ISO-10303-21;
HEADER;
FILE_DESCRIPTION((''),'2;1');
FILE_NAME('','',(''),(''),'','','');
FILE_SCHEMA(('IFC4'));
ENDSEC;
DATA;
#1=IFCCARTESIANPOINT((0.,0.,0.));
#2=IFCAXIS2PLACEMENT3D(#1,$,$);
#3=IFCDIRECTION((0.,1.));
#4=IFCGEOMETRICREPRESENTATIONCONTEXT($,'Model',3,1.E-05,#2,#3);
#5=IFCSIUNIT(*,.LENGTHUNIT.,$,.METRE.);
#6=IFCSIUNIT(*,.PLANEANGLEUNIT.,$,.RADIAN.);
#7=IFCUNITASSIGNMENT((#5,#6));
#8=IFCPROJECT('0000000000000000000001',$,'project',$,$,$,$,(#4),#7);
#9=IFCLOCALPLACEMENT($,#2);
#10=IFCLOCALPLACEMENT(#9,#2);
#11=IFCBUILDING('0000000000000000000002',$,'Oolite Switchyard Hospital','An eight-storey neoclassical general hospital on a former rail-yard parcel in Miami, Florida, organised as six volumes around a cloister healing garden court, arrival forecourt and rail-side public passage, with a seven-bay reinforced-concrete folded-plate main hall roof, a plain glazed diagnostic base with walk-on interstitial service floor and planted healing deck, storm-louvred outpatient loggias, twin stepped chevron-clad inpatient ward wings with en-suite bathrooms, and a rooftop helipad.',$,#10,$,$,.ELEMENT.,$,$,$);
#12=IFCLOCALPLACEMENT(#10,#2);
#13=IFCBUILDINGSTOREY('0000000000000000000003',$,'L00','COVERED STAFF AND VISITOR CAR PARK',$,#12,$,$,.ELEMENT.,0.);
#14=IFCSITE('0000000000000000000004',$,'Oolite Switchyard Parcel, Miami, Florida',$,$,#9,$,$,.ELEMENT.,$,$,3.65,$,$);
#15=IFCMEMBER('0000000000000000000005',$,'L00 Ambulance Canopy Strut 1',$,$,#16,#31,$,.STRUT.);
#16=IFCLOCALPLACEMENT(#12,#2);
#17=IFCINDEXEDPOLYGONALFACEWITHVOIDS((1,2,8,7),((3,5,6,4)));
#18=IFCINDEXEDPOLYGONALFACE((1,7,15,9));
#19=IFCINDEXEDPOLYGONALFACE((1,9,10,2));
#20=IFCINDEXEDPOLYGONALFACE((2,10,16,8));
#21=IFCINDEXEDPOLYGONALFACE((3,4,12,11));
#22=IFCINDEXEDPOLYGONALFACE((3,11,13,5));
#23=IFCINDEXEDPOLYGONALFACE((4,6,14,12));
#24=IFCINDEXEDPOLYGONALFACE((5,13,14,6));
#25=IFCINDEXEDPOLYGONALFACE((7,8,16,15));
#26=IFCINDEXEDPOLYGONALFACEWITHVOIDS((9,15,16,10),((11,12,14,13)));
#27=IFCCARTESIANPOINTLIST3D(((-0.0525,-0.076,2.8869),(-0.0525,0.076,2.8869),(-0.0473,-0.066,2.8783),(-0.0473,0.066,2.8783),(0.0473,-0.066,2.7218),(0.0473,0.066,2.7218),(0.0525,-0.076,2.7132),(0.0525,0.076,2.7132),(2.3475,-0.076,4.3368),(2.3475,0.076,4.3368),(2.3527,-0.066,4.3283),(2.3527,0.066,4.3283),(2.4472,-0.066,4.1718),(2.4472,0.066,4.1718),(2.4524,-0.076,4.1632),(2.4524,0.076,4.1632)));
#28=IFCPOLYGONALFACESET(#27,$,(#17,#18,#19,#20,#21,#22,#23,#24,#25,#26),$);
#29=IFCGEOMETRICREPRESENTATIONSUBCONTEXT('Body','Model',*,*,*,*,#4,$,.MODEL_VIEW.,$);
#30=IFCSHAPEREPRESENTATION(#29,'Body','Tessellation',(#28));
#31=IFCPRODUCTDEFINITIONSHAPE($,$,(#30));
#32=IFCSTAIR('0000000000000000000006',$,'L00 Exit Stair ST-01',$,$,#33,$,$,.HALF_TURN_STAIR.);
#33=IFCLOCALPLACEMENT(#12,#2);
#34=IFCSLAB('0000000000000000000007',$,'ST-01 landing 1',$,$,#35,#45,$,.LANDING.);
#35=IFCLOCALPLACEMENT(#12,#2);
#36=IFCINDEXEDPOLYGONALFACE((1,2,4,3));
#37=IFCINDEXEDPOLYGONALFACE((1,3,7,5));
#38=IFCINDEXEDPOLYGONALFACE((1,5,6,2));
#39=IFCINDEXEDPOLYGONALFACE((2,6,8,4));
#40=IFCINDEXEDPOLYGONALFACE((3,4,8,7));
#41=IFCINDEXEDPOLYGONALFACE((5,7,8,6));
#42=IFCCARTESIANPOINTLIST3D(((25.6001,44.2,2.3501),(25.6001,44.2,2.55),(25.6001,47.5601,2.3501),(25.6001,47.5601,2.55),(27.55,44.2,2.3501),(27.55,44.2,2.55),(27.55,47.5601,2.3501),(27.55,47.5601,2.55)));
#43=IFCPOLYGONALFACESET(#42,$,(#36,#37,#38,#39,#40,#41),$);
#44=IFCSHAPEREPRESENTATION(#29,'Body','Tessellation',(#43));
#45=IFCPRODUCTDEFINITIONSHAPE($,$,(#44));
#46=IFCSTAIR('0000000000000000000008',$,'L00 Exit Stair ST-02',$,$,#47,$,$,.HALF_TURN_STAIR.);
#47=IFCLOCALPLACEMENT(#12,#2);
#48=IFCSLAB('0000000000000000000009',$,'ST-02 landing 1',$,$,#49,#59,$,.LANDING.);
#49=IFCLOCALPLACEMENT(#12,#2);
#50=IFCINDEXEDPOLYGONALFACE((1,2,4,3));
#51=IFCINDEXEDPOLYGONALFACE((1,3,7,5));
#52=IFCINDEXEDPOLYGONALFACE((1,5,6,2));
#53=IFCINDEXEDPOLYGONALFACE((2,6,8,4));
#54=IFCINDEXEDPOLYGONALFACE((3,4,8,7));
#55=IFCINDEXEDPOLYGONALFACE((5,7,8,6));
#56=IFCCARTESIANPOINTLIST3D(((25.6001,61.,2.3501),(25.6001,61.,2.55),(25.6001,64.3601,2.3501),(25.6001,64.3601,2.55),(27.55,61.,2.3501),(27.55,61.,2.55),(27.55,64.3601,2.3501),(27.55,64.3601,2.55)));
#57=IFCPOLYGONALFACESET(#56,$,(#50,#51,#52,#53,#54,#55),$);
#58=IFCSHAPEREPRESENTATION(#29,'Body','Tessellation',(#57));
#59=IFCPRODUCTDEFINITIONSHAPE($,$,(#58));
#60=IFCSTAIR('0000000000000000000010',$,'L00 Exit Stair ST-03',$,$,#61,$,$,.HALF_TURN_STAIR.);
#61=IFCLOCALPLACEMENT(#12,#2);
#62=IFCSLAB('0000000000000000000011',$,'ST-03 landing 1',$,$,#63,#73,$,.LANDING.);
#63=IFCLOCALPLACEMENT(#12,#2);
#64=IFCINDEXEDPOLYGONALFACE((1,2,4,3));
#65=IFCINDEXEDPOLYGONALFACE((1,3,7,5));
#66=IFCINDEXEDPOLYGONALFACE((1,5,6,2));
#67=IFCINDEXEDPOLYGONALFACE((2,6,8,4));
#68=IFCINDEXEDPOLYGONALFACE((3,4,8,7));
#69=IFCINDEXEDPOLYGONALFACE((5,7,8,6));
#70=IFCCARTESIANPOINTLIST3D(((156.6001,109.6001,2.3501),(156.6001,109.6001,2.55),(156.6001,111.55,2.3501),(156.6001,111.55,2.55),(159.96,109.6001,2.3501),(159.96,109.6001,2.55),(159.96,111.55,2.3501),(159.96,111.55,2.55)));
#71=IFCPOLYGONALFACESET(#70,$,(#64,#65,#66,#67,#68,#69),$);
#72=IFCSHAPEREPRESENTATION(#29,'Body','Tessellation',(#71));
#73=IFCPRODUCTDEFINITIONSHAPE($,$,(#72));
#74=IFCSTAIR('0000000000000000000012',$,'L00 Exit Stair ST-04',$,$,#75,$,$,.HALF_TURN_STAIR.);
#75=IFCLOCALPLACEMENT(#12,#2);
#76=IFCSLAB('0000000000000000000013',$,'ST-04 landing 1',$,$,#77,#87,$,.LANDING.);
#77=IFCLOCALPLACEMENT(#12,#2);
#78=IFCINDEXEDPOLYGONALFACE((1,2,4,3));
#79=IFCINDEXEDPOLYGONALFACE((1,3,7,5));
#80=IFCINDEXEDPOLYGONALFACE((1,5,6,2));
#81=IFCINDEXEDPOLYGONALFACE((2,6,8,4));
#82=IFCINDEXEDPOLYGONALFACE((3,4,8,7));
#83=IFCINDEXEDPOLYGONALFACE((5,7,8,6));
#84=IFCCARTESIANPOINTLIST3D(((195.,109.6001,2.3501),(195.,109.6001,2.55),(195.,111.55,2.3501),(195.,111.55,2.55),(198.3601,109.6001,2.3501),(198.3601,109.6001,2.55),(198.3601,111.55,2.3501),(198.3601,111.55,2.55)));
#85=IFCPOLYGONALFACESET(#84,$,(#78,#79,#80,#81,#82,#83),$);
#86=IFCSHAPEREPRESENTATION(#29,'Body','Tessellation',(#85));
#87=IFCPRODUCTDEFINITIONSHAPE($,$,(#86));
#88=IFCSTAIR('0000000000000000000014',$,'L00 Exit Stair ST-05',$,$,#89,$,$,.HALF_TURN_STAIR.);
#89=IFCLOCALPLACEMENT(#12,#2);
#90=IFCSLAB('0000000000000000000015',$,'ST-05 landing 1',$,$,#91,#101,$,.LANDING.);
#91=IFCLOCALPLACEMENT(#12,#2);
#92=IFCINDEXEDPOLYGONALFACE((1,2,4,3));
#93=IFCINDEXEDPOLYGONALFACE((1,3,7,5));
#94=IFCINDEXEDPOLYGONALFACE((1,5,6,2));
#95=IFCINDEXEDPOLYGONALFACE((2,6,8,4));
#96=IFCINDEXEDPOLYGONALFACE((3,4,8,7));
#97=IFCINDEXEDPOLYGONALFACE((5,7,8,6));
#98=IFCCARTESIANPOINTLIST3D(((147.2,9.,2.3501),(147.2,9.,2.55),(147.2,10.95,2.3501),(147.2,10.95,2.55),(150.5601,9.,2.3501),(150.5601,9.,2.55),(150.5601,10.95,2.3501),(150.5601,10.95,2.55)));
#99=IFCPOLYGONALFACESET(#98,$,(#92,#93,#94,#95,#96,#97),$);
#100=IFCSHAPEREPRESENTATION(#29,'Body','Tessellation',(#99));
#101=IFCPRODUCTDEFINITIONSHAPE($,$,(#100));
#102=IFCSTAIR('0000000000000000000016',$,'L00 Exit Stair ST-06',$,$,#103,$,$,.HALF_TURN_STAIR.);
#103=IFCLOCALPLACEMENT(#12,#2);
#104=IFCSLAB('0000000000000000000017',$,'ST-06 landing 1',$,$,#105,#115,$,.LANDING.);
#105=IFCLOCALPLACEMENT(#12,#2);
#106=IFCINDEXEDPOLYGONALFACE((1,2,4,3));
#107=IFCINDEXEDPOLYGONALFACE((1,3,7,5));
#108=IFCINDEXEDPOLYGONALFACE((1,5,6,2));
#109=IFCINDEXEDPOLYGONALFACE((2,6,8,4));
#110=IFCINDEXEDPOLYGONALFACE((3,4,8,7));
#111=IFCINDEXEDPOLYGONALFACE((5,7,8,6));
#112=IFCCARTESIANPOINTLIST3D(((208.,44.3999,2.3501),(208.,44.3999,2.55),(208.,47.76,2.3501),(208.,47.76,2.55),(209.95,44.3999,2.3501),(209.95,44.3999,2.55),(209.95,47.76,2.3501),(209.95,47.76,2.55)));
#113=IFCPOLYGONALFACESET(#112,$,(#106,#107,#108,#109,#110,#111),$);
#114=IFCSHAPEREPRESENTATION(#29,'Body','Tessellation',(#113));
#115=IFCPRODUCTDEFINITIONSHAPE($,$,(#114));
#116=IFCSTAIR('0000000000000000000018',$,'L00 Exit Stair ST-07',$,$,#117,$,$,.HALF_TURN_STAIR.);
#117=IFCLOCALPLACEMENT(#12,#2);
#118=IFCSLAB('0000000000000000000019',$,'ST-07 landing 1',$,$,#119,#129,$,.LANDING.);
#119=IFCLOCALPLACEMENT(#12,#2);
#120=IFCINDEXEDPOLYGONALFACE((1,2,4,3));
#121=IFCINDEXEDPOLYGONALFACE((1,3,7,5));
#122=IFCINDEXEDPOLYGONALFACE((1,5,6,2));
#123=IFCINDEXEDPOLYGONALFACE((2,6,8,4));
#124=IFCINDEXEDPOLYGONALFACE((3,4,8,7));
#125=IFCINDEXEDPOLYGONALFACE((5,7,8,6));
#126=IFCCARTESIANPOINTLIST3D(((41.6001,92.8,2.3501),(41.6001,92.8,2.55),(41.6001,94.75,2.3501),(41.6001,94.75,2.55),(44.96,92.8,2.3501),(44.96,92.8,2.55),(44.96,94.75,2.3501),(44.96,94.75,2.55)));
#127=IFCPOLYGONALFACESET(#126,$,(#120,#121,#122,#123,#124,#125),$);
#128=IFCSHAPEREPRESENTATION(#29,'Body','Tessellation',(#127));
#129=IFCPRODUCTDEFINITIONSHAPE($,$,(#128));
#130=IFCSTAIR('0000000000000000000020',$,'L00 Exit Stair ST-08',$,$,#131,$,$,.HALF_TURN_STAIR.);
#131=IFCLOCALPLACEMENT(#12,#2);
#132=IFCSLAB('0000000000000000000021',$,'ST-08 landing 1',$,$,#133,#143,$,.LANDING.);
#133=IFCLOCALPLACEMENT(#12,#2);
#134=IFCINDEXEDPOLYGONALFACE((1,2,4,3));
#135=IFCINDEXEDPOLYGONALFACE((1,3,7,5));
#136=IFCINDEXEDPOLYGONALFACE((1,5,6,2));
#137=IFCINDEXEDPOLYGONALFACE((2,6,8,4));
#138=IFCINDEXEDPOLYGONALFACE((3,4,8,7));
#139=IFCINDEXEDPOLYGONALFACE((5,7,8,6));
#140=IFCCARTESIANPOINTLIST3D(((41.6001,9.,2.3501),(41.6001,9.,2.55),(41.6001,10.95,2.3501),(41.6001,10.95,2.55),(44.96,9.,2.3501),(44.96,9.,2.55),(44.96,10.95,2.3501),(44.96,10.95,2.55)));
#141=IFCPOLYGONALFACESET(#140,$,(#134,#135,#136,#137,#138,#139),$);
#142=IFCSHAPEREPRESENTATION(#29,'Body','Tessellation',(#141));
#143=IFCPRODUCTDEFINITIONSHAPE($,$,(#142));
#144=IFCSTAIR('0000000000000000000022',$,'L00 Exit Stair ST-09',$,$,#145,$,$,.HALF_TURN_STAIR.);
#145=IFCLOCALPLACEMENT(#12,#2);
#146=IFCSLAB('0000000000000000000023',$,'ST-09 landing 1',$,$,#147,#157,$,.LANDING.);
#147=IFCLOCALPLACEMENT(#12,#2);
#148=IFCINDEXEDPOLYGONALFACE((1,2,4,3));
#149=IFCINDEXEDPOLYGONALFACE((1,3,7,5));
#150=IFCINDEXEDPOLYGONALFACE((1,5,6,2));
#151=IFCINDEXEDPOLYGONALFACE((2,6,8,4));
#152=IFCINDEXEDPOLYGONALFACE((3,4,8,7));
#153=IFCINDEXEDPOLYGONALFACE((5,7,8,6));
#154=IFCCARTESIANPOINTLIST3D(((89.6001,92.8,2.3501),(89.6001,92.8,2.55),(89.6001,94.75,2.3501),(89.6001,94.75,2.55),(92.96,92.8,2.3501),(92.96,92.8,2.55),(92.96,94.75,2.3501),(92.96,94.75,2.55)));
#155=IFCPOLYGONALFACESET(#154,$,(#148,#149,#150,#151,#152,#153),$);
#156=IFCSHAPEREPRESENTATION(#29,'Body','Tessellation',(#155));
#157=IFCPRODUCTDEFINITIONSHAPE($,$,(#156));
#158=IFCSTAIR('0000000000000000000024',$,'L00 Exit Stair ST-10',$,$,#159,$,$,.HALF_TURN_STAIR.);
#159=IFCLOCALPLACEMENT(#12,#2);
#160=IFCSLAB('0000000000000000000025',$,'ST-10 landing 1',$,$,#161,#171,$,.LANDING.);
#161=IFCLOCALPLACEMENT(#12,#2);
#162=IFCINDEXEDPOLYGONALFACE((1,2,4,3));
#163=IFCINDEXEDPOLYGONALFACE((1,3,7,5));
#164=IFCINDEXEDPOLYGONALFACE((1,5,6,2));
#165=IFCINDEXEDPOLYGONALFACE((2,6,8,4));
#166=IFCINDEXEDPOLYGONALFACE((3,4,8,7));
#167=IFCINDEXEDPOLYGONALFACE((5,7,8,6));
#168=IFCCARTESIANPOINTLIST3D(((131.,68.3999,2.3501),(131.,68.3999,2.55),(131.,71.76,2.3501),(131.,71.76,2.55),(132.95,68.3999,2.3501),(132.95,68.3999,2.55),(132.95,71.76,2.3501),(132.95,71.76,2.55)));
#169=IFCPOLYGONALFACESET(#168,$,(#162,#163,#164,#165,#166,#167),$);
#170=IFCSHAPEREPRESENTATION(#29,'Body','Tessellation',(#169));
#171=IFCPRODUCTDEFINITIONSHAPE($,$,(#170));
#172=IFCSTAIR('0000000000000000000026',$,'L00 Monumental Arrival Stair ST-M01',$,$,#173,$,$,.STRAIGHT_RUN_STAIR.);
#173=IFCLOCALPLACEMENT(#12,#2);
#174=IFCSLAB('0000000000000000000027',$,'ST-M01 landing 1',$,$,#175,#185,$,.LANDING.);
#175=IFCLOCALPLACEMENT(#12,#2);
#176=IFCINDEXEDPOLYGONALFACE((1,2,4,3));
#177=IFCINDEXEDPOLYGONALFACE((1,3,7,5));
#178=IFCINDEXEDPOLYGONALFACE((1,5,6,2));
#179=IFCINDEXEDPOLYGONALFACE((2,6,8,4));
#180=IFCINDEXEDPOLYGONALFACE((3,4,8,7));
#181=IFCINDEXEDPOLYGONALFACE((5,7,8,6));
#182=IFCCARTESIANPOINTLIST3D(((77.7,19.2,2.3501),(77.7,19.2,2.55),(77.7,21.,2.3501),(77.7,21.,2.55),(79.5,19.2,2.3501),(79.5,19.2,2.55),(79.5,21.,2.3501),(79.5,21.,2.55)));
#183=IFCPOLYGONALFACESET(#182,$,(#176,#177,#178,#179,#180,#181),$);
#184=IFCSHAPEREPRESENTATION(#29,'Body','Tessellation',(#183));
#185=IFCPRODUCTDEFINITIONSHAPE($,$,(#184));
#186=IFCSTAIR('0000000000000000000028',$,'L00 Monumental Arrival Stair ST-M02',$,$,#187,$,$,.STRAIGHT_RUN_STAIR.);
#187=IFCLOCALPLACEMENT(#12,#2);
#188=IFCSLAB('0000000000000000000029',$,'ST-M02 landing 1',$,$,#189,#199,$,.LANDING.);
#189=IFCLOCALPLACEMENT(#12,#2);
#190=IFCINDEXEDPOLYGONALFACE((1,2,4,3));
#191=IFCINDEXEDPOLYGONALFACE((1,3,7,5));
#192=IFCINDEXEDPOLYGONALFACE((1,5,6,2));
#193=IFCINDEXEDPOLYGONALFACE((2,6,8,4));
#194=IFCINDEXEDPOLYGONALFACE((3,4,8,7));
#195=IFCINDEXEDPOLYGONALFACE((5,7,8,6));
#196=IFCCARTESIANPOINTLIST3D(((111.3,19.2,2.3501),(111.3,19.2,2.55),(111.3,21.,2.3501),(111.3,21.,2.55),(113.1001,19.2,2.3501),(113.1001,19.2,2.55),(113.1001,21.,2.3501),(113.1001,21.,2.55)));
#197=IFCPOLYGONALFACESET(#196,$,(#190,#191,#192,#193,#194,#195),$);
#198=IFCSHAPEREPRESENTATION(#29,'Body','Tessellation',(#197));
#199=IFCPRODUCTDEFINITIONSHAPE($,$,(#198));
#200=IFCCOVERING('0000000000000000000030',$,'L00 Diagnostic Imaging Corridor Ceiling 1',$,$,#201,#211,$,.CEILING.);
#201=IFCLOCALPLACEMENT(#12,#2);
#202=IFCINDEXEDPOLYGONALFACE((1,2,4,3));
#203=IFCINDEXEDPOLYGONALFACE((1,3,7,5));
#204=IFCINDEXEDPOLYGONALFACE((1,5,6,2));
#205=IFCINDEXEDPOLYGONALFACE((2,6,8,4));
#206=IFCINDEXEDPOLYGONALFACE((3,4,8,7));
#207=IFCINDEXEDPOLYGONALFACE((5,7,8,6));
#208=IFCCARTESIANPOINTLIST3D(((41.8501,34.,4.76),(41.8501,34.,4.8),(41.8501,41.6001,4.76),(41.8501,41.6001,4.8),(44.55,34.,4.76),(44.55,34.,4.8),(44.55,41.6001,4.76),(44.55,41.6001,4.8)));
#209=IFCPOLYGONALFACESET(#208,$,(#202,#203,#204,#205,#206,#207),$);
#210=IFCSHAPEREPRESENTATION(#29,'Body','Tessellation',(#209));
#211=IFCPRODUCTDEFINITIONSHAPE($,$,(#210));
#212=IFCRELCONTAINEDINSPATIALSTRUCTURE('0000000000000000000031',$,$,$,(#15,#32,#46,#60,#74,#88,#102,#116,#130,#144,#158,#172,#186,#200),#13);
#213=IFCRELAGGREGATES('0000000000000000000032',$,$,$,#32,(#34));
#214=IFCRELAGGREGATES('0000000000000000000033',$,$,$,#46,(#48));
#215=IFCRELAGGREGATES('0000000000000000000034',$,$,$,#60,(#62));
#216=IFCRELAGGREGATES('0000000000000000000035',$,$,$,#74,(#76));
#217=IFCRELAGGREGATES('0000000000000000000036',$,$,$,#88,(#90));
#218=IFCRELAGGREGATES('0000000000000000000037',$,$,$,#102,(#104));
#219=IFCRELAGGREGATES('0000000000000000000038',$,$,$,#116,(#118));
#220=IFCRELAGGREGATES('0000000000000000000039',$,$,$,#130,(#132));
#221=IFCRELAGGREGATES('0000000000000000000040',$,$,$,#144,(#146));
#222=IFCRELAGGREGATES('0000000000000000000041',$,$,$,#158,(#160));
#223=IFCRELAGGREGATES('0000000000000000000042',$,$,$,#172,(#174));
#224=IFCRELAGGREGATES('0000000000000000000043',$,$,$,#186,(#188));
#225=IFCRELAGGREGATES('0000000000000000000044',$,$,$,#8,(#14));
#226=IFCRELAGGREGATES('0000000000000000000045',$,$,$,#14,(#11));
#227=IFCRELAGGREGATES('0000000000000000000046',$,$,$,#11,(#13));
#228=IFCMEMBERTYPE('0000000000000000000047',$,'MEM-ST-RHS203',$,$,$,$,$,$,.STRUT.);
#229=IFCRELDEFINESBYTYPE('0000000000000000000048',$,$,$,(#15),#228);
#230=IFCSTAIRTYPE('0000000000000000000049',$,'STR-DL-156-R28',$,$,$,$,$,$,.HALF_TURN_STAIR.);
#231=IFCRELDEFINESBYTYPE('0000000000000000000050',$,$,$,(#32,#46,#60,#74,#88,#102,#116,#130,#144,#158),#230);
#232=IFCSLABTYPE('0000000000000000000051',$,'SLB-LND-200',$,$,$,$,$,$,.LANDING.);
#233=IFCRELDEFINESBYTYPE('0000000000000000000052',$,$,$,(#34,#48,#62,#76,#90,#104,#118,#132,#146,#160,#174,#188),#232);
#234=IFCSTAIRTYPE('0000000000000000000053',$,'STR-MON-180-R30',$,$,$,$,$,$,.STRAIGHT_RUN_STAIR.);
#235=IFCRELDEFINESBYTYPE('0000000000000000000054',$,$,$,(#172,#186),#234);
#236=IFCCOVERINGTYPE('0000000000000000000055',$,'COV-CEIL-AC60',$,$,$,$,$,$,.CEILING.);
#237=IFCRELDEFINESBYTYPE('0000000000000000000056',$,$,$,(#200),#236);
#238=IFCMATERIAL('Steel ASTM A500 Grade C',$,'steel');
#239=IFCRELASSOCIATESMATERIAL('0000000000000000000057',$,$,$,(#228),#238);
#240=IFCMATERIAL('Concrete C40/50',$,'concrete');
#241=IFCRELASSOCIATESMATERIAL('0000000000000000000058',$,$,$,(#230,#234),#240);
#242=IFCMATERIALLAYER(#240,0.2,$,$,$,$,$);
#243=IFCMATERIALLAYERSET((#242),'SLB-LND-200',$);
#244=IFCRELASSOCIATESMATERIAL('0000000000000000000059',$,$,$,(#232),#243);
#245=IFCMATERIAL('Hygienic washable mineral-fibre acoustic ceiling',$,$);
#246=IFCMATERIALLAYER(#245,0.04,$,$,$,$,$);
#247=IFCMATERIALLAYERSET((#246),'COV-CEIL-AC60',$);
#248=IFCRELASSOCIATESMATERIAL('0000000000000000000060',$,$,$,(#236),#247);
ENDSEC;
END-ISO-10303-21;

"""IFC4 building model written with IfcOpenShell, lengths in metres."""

from ifc_helpers import new_model, si_unit, direction, frame, origin, origin_2d, place, context, subcontext, project, spatial, polyline, hollow_rectangle, outline, extrude, material, layer, layer_set, material_profile, profile_set, type_object, element, aggregate, save


model = new_model("IFC4")

# Units and contexts
model_context = context("Model", 3, precision=1e-05, world=origin(), true_north=direction((0.0, 1.0)))
body_context = subcontext(model_context, "Body", "Model", "MODEL_VIEW")
ifc_project = project(units=[si_unit("LENGTHUNIT", "METRE"), si_unit("PLANEANGLEUNIT", "RADIAN")], contexts=[model_context])

# Site, building, storey
site_placement = place(None, origin())
site = spatial("IfcSite", under=ifc_project, at=site_placement, Name="Oolite Switchyard Parcel, Miami, Florida", CompositionType="ELEMENT", RefElevation=3.65)
building_placement = place(site_placement, origin())
building = spatial("IfcBuilding", under=site, at=building_placement, Name="Oolite Switchyard Hospital", Description="An eight-storey neoclassical general hospital on a former rail-yard parcel in Miami, Florida, organised as six volumes around a cloister healing garden court, arrival forecourt and rail-side public passage, with a seven-bay reinforced-concrete folded-plate main hall roof, a plain glazed diagnostic base with walk-on interstitial service floor and planted healing deck, storm-louvred outpatient loggias, twin stepped chevron-clad inpatient ward wings with en-suite bathrooms, and a rooftop helipad.", CompositionType="ELEMENT")
storey_placement = place(building_placement, origin())
storey = spatial("IfcBuildingStorey", under=building, at=storey_placement, Name="L00", Description="COVERED STAFF AND VISITOR CAR PARK", CompositionType="ELEMENT", Elevation=0.0)

# Member
ifc_material_1 = material(Name="Steel ASTM A500 Grade C", Category="steel")
ifc_material_profile = material_profile(ifc_material_1, hollow_rectangle(XDim=0.1521, YDim=0.2029, WallThickness=0.01, at=origin_2d()), Name="HSS203X152X10")
ifc_profile_set = profile_set([ifc_material_profile], Name="Steel ASTM A500 Grade C")
member_type = type_object("IfcMemberType", Name="MEM-ST-RHS203", PredefinedType="STRUT", material=ifc_profile_set)
member_placement = place(storey_placement, frame((0.0, 0.0, 2.8), z_axis=(0.855914, 0.0, 0.517118), x_axis=(0.0, 1.0, 0.0)))
element("IfcMember", 1, at=member_placement, inside=storey, type_object=member_type, Name="L00 Ambulance Canopy Strut 1", PredefinedType="STRUT", context=body_context, shape_type="SweptSolid", body=[
    extrude(hollow_rectangle(XDim=0.1521, YDim=0.2029, WallThickness=0.01, at=origin_2d()), origin(), (0.0, 0.0, 1.0), 2.804),
])

# Stairs, slabs
ifc_material_2 = material(Name="Concrete C40/50", Category="concrete")
stair_type_1 = type_object("IfcStairType", Name="STR-DL-156-R28", PredefinedType="HALF_TURN_STAIR", material=ifc_material_2)
stair_1_placement = place(storey_placement, origin())
stair_1 = element("IfcStair", 2, at=stair_1_placement, inside=storey, type_object=stair_type_1, Name="L00 Exit Stair ST-01", PredefinedType="HALF_TURN_STAIR")
ifc_layer_1 = layer(ifc_material_2, 0.2)
ifc_layer_set_1 = layer_set([ifc_layer_1], Name="SLB-LND-200")
slab_type = type_object("IfcSlabType", Name="SLB-LND-200", PredefinedType="LANDING", material=ifc_layer_set_1)
slab_1_placement = place(storey_placement, frame((0.0, 0.0, 2.3501)))
slab_1 = element("IfcSlab", 3, at=slab_1_placement, type_object=slab_type, Name="ST-01 landing 1", PredefinedType="LANDING", context=body_context, shape_type="SweptSolid", body=[
    extrude(outline(polyline([(25.6001, 44.2), (27.55, 44.2), (27.55, 47.5601), (25.6001, 47.5601), (25.6001, 44.2)])), origin(), (0.0, 0.0, 1.0), 0.2),
])
aggregate(stair_1, [slab_1])
stair_2_placement = place(storey_placement, origin())
stair_2 = element("IfcStair", 4, at=stair_2_placement, inside=storey, type_object=stair_type_1, Name="L00 Exit Stair ST-02", PredefinedType="HALF_TURN_STAIR")
slab_2_placement = place(storey_placement, frame((0.0, 0.0, 2.3501)))
slab_2 = element("IfcSlab", 5, at=slab_2_placement, type_object=slab_type, Name="ST-02 landing 1", PredefinedType="LANDING", context=body_context, shape_type="SweptSolid", body=[
    extrude(outline(polyline([(25.6001, 61.0), (27.55, 61.0), (27.55, 64.3601), (25.6001, 64.3601), (25.6001, 61.0)])), origin(), (0.0, 0.0, 1.0), 0.2),
])
aggregate(stair_2, [slab_2])
stair_3_placement = place(storey_placement, origin())
stair_3 = element("IfcStair", 6, at=stair_3_placement, inside=storey, type_object=stair_type_1, Name="L00 Exit Stair ST-03", PredefinedType="HALF_TURN_STAIR")
slab_3_placement = place(storey_placement, frame((0.0, 0.0, 2.3501)))
slab_3 = element("IfcSlab", 7, at=slab_3_placement, type_object=slab_type, Name="ST-03 landing 1", PredefinedType="LANDING", context=body_context, shape_type="SweptSolid", body=[
    extrude(outline(polyline([(156.6001, 111.55), (156.6001, 109.6001), (159.96, 109.6001), (159.96, 111.55), (156.6001, 111.55)])), origin(), (0.0, 0.0, 1.0), 0.2),
])
aggregate(stair_3, [slab_3])
stair_4_placement = place(storey_placement, origin())
stair_4 = element("IfcStair", 8, at=stair_4_placement, inside=storey, type_object=stair_type_1, Name="L00 Exit Stair ST-04", PredefinedType="HALF_TURN_STAIR")
slab_4_placement = place(storey_placement, frame((0.0, 0.0, 2.3501)))
slab_4 = element("IfcSlab", 9, at=slab_4_placement, type_object=slab_type, Name="ST-04 landing 1", PredefinedType="LANDING", context=body_context, shape_type="SweptSolid", body=[
    extrude(outline(polyline([(195.0, 111.55), (195.0, 109.6001), (198.3601, 109.6001), (198.3601, 111.55), (195.0, 111.55)])), origin(), (0.0, 0.0, 1.0), 0.2),
])
aggregate(stair_4, [slab_4])
stair_5_placement = place(storey_placement, origin())
stair_5 = element("IfcStair", 10, at=stair_5_placement, inside=storey, type_object=stair_type_1, Name="L00 Exit Stair ST-05", PredefinedType="HALF_TURN_STAIR")
slab_5_placement = place(storey_placement, frame((0.0, 0.0, 2.3501)))
slab_5 = element("IfcSlab", 11, at=slab_5_placement, type_object=slab_type, Name="ST-05 landing 1", PredefinedType="LANDING", context=body_context, shape_type="SweptSolid", body=[
    extrude(outline(polyline([(147.2, 10.95), (147.2, 9.0), (150.5601, 9.0), (150.5601, 10.95), (147.2, 10.95)])), origin(), (0.0, 0.0, 1.0), 0.2),
])
aggregate(stair_5, [slab_5])
stair_6_placement = place(storey_placement, origin())
stair_6 = element("IfcStair", 12, at=stair_6_placement, inside=storey, type_object=stair_type_1, Name="L00 Exit Stair ST-06", PredefinedType="HALF_TURN_STAIR")
slab_6_placement = place(storey_placement, frame((0.0, 0.0, 2.3501)))
slab_6 = element("IfcSlab", 13, at=slab_6_placement, type_object=slab_type, Name="ST-06 landing 1", PredefinedType="LANDING", context=body_context, shape_type="SweptSolid", body=[
    extrude(outline(polyline([(208.0, 44.3999), (209.95, 44.3999), (209.95, 47.76), (208.0, 47.76), (208.0, 44.3999)])), origin(), (0.0, 0.0, 1.0), 0.2),
])
aggregate(stair_6, [slab_6])
stair_7_placement = place(storey_placement, origin())
stair_7 = element("IfcStair", 14, at=stair_7_placement, inside=storey, type_object=stair_type_1, Name="L00 Exit Stair ST-07", PredefinedType="HALF_TURN_STAIR")
slab_7_placement = place(storey_placement, frame((0.0, 0.0, 2.3501)))
slab_7 = element("IfcSlab", 15, at=slab_7_placement, type_object=slab_type, Name="ST-07 landing 1", PredefinedType="LANDING", context=body_context, shape_type="SweptSolid", body=[
    extrude(outline(polyline([(41.6001, 94.75), (41.6001, 92.8), (44.96, 92.8), (44.96, 94.75), (41.6001, 94.75)])), origin(), (0.0, 0.0, 1.0), 0.2),
])
aggregate(stair_7, [slab_7])
stair_8_placement = place(storey_placement, origin())
stair_8 = element("IfcStair", 16, at=stair_8_placement, inside=storey, type_object=stair_type_1, Name="L00 Exit Stair ST-08", PredefinedType="HALF_TURN_STAIR")
slab_8_placement = place(storey_placement, frame((0.0, 0.0, 2.3501)))
slab_8 = element("IfcSlab", 17, at=slab_8_placement, type_object=slab_type, Name="ST-08 landing 1", PredefinedType="LANDING", context=body_context, shape_type="SweptSolid", body=[
    extrude(outline(polyline([(41.6001, 10.95), (41.6001, 9.0), (44.96, 9.0), (44.96, 10.95), (41.6001, 10.95)])), origin(), (0.0, 0.0, 1.0), 0.2),
])
aggregate(stair_8, [slab_8])
stair_9_placement = place(storey_placement, origin())
stair_9 = element("IfcStair", 18, at=stair_9_placement, inside=storey, type_object=stair_type_1, Name="L00 Exit Stair ST-09", PredefinedType="HALF_TURN_STAIR")
slab_9_placement = place(storey_placement, frame((0.0, 0.0, 2.3501)))
slab_9 = element("IfcSlab", 19, at=slab_9_placement, type_object=slab_type, Name="ST-09 landing 1", PredefinedType="LANDING", context=body_context, shape_type="SweptSolid", body=[
    extrude(outline(polyline([(89.6001, 94.75), (89.6001, 92.8), (92.96, 92.8), (92.96, 94.75), (89.6001, 94.75)])), origin(), (0.0, 0.0, 1.0), 0.2),
])
aggregate(stair_9, [slab_9])
stair_10_placement = place(storey_placement, origin())
stair_10 = element("IfcStair", 20, at=stair_10_placement, inside=storey, type_object=stair_type_1, Name="L00 Exit Stair ST-10", PredefinedType="HALF_TURN_STAIR")
slab_10_placement = place(storey_placement, frame((0.0, 0.0, 2.3501)))
slab_10 = element("IfcSlab", 21, at=slab_10_placement, type_object=slab_type, Name="ST-10 landing 1", PredefinedType="LANDING", context=body_context, shape_type="SweptSolid", body=[
    extrude(outline(polyline([(131.0, 68.3999), (132.95, 68.3999), (132.95, 71.76), (131.0, 71.76), (131.0, 68.3999)])), origin(), (0.0, 0.0, 1.0), 0.2),
])
aggregate(stair_10, [slab_10])
stair_type_2 = type_object("IfcStairType", Name="STR-MON-180-R30", PredefinedType="STRAIGHT_RUN_STAIR", material=ifc_material_2)
stair_11_placement = place(storey_placement, origin())
stair_11 = element("IfcStair", 22, at=stair_11_placement, inside=storey, type_object=stair_type_2, Name="L00 Monumental Arrival Stair ST-M01", PredefinedType="STRAIGHT_RUN_STAIR")
slab_11_placement = place(storey_placement, frame((0.0, 0.0, 2.3501)))
slab_11 = element("IfcSlab", 23, at=slab_11_placement, type_object=slab_type, Name="ST-M01 landing 1", PredefinedType="LANDING", context=body_context, shape_type="SweptSolid", body=[
    extrude(outline(polyline([(77.7, 19.2), (79.5, 19.2), (79.5, 21.0), (77.7, 21.0), (77.7, 19.2)])), origin(), (0.0, 0.0, 1.0), 0.2),
])
aggregate(stair_11, [slab_11])
stair_12_placement = place(storey_placement, origin())
stair_12 = element("IfcStair", 24, at=stair_12_placement, inside=storey, type_object=stair_type_2, Name="L00 Monumental Arrival Stair ST-M02", PredefinedType="STRAIGHT_RUN_STAIR")
slab_12_placement = place(storey_placement, frame((0.0, 0.0, 2.3501)))
slab_12 = element("IfcSlab", 25, at=slab_12_placement, type_object=slab_type, Name="ST-M02 landing 1", PredefinedType="LANDING", context=body_context, shape_type="SweptSolid", body=[
    extrude(outline(polyline([(111.3, 19.2), (113.1001, 19.2), (113.1001, 21.0), (111.3, 21.0), (111.3, 19.2)])), origin(), (0.0, 0.0, 1.0), 0.2),
])
aggregate(stair_12, [slab_12])

# Covering
ifc_material_3 = material(Name="Hygienic washable mineral-fibre acoustic ceiling")
ifc_layer_2 = layer(ifc_material_3, 0.04)
ifc_layer_set_2 = layer_set([ifc_layer_2], Name="COV-CEIL-AC60")
covering_type_1 = type_object("IfcCoveringType", Name="COV-CEIL-AC60", PredefinedType="CEILING", material=ifc_layer_set_2)
covering_1_placement = place(storey_placement, frame((0.0, 0.0, 4.76)))
element("IfcCovering", 26, at=covering_1_placement, inside=storey, type_object=covering_type_1, Name="L00 Diagnostic Imaging Corridor Ceiling 1", PredefinedType="CEILING", context=body_context, shape_type="SweptSolid", body=[
    extrude(outline(polyline([(41.8501, 34.0), (44.55, 34.0), (44.55, 41.6001), (41.8501, 41.6001), (41.8501, 34.0)])), origin(), (0.0, 0.0, 1.0), 0.04),
])

save(model, "model.ifc")
